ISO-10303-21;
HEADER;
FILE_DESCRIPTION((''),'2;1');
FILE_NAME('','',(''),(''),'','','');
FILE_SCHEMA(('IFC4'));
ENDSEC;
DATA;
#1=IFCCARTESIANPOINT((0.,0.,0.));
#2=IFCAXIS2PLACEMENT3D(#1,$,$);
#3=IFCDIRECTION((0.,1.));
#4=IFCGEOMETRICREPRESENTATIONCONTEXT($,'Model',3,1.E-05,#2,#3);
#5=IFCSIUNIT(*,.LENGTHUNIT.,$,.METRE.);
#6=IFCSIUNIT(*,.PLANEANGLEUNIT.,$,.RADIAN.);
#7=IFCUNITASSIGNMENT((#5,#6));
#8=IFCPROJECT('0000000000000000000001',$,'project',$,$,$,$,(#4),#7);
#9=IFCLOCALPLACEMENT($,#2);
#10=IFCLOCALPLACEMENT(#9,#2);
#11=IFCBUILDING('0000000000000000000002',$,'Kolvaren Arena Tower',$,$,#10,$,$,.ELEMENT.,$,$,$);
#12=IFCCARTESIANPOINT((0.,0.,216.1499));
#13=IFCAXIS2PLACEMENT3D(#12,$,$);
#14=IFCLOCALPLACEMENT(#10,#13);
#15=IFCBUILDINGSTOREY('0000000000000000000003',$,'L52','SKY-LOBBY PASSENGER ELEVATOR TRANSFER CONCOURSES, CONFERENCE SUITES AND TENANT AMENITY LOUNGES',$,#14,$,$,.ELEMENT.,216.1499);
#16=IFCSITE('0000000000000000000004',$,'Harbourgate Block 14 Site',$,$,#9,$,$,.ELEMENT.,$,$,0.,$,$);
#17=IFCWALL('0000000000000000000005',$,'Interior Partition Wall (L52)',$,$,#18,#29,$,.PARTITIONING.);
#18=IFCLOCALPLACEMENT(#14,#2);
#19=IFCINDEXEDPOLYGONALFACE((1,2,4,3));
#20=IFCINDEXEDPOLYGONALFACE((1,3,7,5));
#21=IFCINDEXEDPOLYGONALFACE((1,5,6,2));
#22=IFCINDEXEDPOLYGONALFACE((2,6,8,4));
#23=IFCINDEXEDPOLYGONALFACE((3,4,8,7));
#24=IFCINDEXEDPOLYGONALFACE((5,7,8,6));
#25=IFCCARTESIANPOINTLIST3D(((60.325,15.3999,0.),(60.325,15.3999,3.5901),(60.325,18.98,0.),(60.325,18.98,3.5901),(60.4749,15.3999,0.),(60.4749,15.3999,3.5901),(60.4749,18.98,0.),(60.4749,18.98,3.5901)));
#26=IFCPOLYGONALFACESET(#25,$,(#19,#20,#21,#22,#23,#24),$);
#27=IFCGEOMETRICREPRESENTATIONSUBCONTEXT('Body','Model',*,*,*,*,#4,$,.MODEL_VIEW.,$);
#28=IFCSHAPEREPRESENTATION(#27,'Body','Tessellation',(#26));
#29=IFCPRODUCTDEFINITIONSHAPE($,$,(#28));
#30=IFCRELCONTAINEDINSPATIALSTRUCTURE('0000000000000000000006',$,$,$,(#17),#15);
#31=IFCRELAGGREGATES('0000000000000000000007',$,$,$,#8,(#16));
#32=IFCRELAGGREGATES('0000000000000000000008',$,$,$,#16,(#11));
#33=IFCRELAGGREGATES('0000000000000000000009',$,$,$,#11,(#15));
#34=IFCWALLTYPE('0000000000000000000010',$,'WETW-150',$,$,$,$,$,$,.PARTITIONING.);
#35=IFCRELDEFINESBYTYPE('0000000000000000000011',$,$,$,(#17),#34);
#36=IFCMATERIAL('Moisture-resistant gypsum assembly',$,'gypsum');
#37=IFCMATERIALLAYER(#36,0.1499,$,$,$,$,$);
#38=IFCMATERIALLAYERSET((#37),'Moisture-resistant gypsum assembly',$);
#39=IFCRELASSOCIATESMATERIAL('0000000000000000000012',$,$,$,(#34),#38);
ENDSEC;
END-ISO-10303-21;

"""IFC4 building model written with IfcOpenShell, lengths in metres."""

from ifc_helpers import new_model, si_unit, direction, frame, frame_2d, origin, place, context, subcontext, project, spatial, rectangle, extrude, material, layer, layer_set, type_object, element, save


model = new_model("IFC4")

# Units and contexts
model_context = context("Model", 3, precision=1e-05, world=origin(), true_north=direction((0.0, 1.0)))
body_context = subcontext(model_context, "Body", "Model", "MODEL_VIEW")
ifc_project = project(units=[si_unit("LENGTHUNIT", "METRE"), si_unit("PLANEANGLEUNIT", "RADIAN")], contexts=[model_context])

# Site, building, storey
site_placement = place(None, origin())
site = spatial("IfcSite", under=ifc_project, at=site_placement, Name="Harbourgate Block 14 Site", CompositionType="ELEMENT", RefElevation=0.0)
building_placement = place(site_placement, origin())
building = spatial("IfcBuilding", under=site, at=building_placement, Name="Kolvaren Arena Tower", CompositionType="ELEMENT")
storey_placement = place(building_placement, frame((0.0, 0.0, 216.1499)))
storey = spatial("IfcBuildingStorey", under=building, at=storey_placement, Name="L52", Description="SKY-LOBBY PASSENGER ELEVATOR TRANSFER CONCOURSES, CONFERENCE SUITES AND TENANT AMENITY LOUNGES", CompositionType="ELEMENT", Elevation=216.1499)

# Wall
ifc_material_1 = material(Name="Moisture-resistant gypsum assembly", Category="gypsum")
ifc_layer_1 = layer(ifc_material_1, 0.1499)
ifc_layer_set_1 = layer_set([ifc_layer_1], Name="Moisture-resistant gypsum assembly")
wall_type_1 = type_object("IfcWallType", Name="WETW-150", PredefinedType="PARTITIONING", material=ifc_layer_set_1)
for number, where, z_axis, x_axis, name in (
    (1, (60.3999, 15.3999, 0.0), (0.0, 0.0, 1.0), (0.0, 1.0, 0.0), "Interior Partition Wall (L52)"),
):
    element("IfcWall", number, at=place(storey_placement, frame(where, z_axis=z_axis, x_axis=x_axis)), inside=storey, type_object=wall_type_1, Name=name, PredefinedType="PARTITIONING", context=body_context, shape_type="SweptSolid", body=[
        extrude(rectangle(XDim=3.5801, YDim=0.1499, at=frame_2d((1.79, 0.0))), origin(), (0.0, 0.0, 1.0), 3.5901),
    ])

save(model, "model.ifc")
